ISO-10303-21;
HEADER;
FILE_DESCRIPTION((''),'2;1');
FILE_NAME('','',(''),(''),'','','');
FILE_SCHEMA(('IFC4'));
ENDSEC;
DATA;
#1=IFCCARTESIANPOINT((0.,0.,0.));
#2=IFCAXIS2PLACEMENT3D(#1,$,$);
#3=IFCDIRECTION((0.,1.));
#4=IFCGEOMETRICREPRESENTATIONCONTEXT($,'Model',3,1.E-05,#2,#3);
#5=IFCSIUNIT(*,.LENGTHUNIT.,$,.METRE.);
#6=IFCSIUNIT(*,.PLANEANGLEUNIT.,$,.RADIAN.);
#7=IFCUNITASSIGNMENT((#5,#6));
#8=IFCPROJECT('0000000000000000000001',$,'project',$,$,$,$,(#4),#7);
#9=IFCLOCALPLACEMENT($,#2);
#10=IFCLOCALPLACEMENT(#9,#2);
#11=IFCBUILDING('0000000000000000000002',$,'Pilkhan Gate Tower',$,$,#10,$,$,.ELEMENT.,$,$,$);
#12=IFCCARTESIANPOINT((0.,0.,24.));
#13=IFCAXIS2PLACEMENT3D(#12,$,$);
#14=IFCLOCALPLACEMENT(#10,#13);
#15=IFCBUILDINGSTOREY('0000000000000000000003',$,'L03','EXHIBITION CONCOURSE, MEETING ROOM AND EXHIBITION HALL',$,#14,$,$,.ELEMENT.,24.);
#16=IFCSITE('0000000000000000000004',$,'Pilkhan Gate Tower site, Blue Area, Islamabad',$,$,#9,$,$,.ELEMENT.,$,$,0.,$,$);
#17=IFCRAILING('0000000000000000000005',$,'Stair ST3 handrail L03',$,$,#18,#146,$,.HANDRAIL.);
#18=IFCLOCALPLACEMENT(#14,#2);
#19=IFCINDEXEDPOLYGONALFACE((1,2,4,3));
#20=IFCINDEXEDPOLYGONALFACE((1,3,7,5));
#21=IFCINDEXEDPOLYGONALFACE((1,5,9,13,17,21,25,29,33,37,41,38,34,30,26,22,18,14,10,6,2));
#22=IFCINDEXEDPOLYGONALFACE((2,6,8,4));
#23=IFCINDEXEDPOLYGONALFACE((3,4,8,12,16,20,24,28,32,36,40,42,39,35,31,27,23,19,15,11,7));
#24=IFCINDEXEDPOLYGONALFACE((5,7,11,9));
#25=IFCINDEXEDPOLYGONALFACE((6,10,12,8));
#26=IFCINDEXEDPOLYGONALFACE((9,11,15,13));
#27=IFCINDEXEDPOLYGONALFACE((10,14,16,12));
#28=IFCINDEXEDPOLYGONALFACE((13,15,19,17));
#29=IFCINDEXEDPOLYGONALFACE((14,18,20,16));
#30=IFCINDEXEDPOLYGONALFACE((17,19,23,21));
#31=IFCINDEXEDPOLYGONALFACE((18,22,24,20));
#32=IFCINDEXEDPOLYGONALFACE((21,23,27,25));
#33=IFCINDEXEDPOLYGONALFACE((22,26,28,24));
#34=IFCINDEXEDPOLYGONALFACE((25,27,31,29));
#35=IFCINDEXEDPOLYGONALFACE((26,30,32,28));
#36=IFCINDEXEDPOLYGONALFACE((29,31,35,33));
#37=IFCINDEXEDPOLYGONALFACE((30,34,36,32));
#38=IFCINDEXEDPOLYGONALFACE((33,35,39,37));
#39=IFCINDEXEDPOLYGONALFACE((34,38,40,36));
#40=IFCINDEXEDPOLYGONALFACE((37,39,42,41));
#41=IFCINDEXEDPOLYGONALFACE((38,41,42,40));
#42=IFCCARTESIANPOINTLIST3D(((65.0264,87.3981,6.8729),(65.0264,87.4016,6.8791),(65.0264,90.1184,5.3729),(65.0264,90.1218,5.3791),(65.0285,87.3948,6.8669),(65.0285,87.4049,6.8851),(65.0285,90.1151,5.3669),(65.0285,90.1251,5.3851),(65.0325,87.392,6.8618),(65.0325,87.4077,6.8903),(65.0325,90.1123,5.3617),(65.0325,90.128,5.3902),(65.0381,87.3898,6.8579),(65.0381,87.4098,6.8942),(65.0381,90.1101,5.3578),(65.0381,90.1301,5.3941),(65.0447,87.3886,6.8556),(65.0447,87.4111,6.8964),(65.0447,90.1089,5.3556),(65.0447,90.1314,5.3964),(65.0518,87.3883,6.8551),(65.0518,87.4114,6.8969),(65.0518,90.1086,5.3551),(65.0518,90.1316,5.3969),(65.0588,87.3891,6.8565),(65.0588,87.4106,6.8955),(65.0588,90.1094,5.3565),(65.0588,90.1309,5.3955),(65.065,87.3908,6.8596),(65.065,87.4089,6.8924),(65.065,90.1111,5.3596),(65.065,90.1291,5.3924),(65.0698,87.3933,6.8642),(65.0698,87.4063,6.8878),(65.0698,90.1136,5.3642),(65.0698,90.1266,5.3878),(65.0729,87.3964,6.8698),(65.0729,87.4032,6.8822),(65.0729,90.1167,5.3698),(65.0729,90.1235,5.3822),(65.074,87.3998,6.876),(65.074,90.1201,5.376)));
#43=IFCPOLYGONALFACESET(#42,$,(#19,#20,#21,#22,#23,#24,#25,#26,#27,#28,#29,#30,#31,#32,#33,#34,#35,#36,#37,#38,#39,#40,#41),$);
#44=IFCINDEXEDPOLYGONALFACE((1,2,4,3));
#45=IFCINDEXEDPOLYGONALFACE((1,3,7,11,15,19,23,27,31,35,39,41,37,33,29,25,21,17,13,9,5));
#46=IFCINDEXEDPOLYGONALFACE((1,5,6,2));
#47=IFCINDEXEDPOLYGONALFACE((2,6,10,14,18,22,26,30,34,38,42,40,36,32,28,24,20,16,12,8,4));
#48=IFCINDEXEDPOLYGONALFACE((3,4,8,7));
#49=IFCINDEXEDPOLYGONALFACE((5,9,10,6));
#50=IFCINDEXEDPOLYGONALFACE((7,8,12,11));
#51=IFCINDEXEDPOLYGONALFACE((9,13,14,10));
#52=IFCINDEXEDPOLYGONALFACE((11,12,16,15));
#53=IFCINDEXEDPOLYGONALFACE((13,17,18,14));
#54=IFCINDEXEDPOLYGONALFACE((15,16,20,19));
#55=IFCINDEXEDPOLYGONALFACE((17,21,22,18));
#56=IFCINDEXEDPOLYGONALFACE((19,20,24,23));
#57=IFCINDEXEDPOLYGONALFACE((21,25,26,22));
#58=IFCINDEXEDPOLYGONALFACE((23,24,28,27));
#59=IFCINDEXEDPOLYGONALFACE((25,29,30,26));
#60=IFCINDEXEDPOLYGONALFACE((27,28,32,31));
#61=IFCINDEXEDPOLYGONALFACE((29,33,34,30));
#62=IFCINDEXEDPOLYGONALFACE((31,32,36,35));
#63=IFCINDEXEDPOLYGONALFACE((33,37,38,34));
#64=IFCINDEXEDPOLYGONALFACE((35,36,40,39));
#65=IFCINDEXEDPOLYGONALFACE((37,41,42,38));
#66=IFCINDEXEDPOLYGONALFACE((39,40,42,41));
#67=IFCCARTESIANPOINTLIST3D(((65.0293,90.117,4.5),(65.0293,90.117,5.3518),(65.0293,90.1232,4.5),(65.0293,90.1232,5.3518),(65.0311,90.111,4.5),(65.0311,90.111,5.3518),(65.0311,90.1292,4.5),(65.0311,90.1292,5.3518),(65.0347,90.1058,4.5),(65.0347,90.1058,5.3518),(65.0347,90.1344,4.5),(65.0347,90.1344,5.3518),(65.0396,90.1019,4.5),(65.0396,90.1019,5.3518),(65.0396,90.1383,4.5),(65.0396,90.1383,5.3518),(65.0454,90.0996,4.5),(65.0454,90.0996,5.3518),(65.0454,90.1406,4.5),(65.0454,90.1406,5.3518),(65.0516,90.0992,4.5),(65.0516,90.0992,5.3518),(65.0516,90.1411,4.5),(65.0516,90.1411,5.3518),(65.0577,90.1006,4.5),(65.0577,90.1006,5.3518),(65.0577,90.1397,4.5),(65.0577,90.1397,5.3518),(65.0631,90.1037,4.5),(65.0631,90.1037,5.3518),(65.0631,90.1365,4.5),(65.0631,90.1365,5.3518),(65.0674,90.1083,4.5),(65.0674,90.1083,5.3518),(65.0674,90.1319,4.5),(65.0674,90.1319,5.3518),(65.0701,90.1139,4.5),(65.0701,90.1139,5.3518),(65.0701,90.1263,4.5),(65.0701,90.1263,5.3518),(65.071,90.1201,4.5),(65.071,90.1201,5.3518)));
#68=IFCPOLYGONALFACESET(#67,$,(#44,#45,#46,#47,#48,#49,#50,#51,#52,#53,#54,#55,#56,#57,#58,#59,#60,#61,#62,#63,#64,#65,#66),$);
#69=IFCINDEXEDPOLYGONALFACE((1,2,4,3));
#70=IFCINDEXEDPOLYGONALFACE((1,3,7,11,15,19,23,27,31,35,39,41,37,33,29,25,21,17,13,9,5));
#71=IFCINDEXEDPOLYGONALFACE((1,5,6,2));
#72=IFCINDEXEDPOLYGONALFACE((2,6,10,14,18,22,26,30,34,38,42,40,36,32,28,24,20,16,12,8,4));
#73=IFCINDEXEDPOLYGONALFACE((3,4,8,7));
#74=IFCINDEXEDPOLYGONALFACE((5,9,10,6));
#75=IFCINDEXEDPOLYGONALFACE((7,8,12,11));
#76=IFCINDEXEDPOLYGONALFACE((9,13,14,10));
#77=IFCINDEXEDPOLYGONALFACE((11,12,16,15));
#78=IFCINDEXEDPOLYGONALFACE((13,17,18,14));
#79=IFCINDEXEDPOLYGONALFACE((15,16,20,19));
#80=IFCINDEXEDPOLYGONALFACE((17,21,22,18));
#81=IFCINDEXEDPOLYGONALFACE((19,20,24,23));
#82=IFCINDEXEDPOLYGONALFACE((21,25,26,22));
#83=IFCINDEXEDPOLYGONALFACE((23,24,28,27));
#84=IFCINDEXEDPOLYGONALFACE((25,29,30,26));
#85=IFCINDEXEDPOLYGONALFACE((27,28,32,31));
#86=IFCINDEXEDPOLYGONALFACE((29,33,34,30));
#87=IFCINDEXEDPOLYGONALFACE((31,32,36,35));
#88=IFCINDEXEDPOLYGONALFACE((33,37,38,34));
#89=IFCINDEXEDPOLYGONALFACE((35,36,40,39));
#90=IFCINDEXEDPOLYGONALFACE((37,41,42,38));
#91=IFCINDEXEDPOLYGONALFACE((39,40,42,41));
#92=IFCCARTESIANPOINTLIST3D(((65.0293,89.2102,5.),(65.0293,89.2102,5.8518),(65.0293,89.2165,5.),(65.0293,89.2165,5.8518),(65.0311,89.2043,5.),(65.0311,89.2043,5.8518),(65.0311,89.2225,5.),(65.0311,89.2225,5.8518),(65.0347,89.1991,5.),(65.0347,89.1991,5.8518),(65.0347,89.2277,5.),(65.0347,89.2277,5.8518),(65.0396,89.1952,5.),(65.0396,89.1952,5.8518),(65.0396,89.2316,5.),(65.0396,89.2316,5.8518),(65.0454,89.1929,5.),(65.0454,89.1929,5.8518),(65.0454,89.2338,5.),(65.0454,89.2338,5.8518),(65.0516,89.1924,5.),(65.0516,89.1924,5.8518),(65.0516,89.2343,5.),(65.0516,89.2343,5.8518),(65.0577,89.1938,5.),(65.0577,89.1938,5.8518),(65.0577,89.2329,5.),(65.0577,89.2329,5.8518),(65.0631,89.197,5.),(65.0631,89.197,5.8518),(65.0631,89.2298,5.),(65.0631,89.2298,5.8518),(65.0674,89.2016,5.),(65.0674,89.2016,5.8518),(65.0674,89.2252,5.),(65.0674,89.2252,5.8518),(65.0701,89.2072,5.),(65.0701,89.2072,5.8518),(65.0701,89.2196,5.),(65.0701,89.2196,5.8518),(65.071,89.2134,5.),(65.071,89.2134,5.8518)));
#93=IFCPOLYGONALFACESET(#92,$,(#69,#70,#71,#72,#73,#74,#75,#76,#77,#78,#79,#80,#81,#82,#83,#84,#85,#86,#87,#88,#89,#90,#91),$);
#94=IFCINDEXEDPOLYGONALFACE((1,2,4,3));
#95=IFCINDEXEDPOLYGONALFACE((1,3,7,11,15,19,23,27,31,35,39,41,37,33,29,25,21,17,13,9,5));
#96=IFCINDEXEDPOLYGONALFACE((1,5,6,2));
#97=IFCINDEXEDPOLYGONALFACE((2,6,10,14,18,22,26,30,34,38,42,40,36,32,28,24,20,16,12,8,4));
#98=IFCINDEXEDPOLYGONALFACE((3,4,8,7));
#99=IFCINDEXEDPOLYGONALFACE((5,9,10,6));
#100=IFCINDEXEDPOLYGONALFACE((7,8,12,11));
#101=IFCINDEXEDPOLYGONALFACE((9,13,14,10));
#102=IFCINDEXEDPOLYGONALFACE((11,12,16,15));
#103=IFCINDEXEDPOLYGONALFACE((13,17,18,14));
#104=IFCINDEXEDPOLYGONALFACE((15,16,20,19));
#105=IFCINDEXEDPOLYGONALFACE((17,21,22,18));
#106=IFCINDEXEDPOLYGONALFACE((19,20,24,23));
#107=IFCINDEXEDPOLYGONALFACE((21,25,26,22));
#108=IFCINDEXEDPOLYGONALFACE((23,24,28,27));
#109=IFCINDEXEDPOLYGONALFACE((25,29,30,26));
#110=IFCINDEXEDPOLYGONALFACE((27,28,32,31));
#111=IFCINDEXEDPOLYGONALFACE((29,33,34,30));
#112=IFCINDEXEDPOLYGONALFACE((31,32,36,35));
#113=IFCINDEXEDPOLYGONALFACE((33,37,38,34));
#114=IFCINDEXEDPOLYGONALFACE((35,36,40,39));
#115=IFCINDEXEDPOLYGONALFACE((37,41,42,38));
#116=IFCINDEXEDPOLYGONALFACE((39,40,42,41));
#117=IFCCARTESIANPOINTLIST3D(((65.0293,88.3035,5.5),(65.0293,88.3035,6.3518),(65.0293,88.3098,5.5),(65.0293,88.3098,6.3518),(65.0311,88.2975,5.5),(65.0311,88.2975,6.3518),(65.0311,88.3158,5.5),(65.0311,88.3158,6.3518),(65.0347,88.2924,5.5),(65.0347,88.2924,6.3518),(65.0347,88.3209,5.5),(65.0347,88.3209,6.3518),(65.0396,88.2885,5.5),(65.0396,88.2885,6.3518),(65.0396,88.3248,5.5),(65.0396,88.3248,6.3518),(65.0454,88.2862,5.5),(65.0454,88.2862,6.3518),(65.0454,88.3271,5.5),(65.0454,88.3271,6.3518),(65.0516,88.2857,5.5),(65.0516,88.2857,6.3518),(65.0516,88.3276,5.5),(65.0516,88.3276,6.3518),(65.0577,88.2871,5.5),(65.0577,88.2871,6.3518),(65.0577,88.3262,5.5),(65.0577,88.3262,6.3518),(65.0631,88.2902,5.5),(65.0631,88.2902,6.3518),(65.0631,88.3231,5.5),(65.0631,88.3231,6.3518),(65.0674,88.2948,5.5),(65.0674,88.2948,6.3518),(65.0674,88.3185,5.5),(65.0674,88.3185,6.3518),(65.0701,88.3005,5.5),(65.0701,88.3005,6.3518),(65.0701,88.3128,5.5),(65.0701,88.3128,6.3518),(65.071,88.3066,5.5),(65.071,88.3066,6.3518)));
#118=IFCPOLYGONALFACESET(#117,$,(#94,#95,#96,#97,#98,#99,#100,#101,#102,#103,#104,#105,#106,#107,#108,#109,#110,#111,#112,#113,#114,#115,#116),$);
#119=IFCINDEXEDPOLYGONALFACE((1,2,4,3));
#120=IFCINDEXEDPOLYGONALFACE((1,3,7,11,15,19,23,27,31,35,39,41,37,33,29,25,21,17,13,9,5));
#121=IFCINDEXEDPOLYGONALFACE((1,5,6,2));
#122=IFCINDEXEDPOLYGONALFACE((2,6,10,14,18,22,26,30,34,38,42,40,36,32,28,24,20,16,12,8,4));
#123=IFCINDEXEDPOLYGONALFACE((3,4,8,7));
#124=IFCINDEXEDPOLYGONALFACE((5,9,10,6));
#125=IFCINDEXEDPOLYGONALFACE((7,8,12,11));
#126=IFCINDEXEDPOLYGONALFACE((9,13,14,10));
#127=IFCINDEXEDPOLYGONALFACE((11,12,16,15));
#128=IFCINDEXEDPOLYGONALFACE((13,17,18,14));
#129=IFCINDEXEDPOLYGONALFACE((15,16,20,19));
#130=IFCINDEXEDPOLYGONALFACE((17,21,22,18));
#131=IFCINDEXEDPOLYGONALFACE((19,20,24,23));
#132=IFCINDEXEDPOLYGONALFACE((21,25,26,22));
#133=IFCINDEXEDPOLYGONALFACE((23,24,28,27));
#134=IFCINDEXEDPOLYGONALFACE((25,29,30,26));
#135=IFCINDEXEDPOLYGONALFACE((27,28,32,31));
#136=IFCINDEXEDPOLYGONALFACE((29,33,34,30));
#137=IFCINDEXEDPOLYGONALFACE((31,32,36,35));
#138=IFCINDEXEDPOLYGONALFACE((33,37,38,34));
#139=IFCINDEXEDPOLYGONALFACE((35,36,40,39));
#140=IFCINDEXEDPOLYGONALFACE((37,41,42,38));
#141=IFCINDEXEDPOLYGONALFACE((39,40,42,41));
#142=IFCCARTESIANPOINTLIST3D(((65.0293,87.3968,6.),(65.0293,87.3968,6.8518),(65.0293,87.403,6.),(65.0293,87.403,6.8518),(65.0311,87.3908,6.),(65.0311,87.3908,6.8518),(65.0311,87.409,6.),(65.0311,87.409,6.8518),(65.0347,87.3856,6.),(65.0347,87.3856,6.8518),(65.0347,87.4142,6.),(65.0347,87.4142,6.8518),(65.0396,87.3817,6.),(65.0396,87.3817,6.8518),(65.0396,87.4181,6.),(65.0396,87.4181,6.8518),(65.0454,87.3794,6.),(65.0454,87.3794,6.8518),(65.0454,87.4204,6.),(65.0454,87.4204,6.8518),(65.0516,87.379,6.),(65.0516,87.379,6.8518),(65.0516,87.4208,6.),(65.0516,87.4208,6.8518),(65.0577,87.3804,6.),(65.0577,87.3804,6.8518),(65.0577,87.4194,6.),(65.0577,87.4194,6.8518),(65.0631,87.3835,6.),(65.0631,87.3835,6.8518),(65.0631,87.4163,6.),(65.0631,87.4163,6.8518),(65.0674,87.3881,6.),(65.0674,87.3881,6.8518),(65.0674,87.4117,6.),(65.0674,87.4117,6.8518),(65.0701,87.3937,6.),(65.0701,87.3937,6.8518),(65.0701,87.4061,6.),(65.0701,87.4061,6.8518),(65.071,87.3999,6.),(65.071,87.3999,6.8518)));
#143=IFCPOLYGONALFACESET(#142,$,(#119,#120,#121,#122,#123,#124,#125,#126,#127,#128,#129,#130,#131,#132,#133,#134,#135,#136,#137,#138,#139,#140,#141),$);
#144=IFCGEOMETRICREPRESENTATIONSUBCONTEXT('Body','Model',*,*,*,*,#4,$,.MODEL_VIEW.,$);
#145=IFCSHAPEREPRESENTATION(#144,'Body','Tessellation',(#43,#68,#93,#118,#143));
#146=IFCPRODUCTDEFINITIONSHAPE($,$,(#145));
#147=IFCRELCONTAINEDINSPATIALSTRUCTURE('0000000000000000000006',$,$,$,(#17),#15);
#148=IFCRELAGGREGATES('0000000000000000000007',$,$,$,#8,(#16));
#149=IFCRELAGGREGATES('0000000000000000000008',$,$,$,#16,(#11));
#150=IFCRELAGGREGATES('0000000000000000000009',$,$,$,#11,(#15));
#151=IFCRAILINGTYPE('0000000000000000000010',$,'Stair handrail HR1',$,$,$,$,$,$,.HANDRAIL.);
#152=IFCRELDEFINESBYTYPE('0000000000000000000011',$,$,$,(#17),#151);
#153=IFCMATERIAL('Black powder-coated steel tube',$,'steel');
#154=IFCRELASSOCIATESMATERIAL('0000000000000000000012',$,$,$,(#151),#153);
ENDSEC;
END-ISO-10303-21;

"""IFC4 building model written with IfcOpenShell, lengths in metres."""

from ifc_helpers import new_model, si_unit, direction, frame, origin, origin_2d, place, context, subcontext, project, spatial, circle, extrude, material, type_object, element, save


model = new_model("IFC4")

# Units and contexts
model_context = context("Model", 3, precision=1e-05, world=origin(), true_north=direction((0.0, 1.0)))
body_context = subcontext(model_context, "Body", "Model", "MODEL_VIEW")
ifc_project = project(units=[si_unit("LENGTHUNIT", "METRE"), si_unit("PLANEANGLEUNIT", "RADIAN")], contexts=[model_context])

# Site, building, storey
site_placement = place(None, origin())
site = spatial("IfcSite", under=ifc_project, at=site_placement, Name="Pilkhan Gate Tower site, Blue Area, Islamabad", CompositionType="ELEMENT", RefElevation=0.0)
building_placement = place(site_placement, origin())
building = spatial("IfcBuilding", under=site, at=building_placement, Name="Pilkhan Gate Tower", CompositionType="ELEMENT")
storey_placement = place(building_placement, frame((0.0, 0.0, 24.0)))
storey = spatial("IfcBuildingStorey", under=building, at=storey_placement, Name="L03", Description="EXHIBITION CONCOURSE, MEETING ROOM AND EXHIBITION HALL", CompositionType="ELEMENT", Elevation=24.0)

# Railing
ifc_material_1 = material(Name="Black powder-coated steel tube", Category="steel")
railing_type_1 = type_object("IfcRailingType", Name="Stair handrail HR1", PredefinedType="HANDRAIL", material=ifc_material_1)
for number, where, name in (
    (1, (65.05, 90.1201, 4.5), "Stair ST3 handrail L03"),
):
    element("IfcRailing", number, at=place(storey_placement, frame(where)), inside=storey, type_object=railing_type_1, Name=name, PredefinedType="HANDRAIL", context=body_context, shape_type="SweptSolid", body=[
        extrude(circle(Radius=0.0239, at=origin_2d()), frame((0.0, 0.0, 0.876), z_axis=(0.0, -0.875688, 0.482878), x_axis=(1.0, 0.0, 0.0)), (0.0, 0.0, 1.0), 3.1064),
        extrude(circle(Radius=0.021, at=origin_2d()), origin(), (0.0, 0.0, 1.0), 0.8518),
        extrude(circle(Radius=0.021, at=origin_2d()), frame((0.0, -0.9067, 0.5)), (0.0, 0.0, 1.0), 0.8518),
        extrude(circle(Radius=0.021, at=origin_2d()), frame((0.0, -1.8135, 1.0)), (0.0, 0.0, 1.0), 0.8518),
        extrude(circle(Radius=0.021, at=origin_2d()), frame((0.0, -2.7202, 1.5)), (0.0, 0.0, 1.0), 0.8518),
    ])

save(model, "model.ifc")
